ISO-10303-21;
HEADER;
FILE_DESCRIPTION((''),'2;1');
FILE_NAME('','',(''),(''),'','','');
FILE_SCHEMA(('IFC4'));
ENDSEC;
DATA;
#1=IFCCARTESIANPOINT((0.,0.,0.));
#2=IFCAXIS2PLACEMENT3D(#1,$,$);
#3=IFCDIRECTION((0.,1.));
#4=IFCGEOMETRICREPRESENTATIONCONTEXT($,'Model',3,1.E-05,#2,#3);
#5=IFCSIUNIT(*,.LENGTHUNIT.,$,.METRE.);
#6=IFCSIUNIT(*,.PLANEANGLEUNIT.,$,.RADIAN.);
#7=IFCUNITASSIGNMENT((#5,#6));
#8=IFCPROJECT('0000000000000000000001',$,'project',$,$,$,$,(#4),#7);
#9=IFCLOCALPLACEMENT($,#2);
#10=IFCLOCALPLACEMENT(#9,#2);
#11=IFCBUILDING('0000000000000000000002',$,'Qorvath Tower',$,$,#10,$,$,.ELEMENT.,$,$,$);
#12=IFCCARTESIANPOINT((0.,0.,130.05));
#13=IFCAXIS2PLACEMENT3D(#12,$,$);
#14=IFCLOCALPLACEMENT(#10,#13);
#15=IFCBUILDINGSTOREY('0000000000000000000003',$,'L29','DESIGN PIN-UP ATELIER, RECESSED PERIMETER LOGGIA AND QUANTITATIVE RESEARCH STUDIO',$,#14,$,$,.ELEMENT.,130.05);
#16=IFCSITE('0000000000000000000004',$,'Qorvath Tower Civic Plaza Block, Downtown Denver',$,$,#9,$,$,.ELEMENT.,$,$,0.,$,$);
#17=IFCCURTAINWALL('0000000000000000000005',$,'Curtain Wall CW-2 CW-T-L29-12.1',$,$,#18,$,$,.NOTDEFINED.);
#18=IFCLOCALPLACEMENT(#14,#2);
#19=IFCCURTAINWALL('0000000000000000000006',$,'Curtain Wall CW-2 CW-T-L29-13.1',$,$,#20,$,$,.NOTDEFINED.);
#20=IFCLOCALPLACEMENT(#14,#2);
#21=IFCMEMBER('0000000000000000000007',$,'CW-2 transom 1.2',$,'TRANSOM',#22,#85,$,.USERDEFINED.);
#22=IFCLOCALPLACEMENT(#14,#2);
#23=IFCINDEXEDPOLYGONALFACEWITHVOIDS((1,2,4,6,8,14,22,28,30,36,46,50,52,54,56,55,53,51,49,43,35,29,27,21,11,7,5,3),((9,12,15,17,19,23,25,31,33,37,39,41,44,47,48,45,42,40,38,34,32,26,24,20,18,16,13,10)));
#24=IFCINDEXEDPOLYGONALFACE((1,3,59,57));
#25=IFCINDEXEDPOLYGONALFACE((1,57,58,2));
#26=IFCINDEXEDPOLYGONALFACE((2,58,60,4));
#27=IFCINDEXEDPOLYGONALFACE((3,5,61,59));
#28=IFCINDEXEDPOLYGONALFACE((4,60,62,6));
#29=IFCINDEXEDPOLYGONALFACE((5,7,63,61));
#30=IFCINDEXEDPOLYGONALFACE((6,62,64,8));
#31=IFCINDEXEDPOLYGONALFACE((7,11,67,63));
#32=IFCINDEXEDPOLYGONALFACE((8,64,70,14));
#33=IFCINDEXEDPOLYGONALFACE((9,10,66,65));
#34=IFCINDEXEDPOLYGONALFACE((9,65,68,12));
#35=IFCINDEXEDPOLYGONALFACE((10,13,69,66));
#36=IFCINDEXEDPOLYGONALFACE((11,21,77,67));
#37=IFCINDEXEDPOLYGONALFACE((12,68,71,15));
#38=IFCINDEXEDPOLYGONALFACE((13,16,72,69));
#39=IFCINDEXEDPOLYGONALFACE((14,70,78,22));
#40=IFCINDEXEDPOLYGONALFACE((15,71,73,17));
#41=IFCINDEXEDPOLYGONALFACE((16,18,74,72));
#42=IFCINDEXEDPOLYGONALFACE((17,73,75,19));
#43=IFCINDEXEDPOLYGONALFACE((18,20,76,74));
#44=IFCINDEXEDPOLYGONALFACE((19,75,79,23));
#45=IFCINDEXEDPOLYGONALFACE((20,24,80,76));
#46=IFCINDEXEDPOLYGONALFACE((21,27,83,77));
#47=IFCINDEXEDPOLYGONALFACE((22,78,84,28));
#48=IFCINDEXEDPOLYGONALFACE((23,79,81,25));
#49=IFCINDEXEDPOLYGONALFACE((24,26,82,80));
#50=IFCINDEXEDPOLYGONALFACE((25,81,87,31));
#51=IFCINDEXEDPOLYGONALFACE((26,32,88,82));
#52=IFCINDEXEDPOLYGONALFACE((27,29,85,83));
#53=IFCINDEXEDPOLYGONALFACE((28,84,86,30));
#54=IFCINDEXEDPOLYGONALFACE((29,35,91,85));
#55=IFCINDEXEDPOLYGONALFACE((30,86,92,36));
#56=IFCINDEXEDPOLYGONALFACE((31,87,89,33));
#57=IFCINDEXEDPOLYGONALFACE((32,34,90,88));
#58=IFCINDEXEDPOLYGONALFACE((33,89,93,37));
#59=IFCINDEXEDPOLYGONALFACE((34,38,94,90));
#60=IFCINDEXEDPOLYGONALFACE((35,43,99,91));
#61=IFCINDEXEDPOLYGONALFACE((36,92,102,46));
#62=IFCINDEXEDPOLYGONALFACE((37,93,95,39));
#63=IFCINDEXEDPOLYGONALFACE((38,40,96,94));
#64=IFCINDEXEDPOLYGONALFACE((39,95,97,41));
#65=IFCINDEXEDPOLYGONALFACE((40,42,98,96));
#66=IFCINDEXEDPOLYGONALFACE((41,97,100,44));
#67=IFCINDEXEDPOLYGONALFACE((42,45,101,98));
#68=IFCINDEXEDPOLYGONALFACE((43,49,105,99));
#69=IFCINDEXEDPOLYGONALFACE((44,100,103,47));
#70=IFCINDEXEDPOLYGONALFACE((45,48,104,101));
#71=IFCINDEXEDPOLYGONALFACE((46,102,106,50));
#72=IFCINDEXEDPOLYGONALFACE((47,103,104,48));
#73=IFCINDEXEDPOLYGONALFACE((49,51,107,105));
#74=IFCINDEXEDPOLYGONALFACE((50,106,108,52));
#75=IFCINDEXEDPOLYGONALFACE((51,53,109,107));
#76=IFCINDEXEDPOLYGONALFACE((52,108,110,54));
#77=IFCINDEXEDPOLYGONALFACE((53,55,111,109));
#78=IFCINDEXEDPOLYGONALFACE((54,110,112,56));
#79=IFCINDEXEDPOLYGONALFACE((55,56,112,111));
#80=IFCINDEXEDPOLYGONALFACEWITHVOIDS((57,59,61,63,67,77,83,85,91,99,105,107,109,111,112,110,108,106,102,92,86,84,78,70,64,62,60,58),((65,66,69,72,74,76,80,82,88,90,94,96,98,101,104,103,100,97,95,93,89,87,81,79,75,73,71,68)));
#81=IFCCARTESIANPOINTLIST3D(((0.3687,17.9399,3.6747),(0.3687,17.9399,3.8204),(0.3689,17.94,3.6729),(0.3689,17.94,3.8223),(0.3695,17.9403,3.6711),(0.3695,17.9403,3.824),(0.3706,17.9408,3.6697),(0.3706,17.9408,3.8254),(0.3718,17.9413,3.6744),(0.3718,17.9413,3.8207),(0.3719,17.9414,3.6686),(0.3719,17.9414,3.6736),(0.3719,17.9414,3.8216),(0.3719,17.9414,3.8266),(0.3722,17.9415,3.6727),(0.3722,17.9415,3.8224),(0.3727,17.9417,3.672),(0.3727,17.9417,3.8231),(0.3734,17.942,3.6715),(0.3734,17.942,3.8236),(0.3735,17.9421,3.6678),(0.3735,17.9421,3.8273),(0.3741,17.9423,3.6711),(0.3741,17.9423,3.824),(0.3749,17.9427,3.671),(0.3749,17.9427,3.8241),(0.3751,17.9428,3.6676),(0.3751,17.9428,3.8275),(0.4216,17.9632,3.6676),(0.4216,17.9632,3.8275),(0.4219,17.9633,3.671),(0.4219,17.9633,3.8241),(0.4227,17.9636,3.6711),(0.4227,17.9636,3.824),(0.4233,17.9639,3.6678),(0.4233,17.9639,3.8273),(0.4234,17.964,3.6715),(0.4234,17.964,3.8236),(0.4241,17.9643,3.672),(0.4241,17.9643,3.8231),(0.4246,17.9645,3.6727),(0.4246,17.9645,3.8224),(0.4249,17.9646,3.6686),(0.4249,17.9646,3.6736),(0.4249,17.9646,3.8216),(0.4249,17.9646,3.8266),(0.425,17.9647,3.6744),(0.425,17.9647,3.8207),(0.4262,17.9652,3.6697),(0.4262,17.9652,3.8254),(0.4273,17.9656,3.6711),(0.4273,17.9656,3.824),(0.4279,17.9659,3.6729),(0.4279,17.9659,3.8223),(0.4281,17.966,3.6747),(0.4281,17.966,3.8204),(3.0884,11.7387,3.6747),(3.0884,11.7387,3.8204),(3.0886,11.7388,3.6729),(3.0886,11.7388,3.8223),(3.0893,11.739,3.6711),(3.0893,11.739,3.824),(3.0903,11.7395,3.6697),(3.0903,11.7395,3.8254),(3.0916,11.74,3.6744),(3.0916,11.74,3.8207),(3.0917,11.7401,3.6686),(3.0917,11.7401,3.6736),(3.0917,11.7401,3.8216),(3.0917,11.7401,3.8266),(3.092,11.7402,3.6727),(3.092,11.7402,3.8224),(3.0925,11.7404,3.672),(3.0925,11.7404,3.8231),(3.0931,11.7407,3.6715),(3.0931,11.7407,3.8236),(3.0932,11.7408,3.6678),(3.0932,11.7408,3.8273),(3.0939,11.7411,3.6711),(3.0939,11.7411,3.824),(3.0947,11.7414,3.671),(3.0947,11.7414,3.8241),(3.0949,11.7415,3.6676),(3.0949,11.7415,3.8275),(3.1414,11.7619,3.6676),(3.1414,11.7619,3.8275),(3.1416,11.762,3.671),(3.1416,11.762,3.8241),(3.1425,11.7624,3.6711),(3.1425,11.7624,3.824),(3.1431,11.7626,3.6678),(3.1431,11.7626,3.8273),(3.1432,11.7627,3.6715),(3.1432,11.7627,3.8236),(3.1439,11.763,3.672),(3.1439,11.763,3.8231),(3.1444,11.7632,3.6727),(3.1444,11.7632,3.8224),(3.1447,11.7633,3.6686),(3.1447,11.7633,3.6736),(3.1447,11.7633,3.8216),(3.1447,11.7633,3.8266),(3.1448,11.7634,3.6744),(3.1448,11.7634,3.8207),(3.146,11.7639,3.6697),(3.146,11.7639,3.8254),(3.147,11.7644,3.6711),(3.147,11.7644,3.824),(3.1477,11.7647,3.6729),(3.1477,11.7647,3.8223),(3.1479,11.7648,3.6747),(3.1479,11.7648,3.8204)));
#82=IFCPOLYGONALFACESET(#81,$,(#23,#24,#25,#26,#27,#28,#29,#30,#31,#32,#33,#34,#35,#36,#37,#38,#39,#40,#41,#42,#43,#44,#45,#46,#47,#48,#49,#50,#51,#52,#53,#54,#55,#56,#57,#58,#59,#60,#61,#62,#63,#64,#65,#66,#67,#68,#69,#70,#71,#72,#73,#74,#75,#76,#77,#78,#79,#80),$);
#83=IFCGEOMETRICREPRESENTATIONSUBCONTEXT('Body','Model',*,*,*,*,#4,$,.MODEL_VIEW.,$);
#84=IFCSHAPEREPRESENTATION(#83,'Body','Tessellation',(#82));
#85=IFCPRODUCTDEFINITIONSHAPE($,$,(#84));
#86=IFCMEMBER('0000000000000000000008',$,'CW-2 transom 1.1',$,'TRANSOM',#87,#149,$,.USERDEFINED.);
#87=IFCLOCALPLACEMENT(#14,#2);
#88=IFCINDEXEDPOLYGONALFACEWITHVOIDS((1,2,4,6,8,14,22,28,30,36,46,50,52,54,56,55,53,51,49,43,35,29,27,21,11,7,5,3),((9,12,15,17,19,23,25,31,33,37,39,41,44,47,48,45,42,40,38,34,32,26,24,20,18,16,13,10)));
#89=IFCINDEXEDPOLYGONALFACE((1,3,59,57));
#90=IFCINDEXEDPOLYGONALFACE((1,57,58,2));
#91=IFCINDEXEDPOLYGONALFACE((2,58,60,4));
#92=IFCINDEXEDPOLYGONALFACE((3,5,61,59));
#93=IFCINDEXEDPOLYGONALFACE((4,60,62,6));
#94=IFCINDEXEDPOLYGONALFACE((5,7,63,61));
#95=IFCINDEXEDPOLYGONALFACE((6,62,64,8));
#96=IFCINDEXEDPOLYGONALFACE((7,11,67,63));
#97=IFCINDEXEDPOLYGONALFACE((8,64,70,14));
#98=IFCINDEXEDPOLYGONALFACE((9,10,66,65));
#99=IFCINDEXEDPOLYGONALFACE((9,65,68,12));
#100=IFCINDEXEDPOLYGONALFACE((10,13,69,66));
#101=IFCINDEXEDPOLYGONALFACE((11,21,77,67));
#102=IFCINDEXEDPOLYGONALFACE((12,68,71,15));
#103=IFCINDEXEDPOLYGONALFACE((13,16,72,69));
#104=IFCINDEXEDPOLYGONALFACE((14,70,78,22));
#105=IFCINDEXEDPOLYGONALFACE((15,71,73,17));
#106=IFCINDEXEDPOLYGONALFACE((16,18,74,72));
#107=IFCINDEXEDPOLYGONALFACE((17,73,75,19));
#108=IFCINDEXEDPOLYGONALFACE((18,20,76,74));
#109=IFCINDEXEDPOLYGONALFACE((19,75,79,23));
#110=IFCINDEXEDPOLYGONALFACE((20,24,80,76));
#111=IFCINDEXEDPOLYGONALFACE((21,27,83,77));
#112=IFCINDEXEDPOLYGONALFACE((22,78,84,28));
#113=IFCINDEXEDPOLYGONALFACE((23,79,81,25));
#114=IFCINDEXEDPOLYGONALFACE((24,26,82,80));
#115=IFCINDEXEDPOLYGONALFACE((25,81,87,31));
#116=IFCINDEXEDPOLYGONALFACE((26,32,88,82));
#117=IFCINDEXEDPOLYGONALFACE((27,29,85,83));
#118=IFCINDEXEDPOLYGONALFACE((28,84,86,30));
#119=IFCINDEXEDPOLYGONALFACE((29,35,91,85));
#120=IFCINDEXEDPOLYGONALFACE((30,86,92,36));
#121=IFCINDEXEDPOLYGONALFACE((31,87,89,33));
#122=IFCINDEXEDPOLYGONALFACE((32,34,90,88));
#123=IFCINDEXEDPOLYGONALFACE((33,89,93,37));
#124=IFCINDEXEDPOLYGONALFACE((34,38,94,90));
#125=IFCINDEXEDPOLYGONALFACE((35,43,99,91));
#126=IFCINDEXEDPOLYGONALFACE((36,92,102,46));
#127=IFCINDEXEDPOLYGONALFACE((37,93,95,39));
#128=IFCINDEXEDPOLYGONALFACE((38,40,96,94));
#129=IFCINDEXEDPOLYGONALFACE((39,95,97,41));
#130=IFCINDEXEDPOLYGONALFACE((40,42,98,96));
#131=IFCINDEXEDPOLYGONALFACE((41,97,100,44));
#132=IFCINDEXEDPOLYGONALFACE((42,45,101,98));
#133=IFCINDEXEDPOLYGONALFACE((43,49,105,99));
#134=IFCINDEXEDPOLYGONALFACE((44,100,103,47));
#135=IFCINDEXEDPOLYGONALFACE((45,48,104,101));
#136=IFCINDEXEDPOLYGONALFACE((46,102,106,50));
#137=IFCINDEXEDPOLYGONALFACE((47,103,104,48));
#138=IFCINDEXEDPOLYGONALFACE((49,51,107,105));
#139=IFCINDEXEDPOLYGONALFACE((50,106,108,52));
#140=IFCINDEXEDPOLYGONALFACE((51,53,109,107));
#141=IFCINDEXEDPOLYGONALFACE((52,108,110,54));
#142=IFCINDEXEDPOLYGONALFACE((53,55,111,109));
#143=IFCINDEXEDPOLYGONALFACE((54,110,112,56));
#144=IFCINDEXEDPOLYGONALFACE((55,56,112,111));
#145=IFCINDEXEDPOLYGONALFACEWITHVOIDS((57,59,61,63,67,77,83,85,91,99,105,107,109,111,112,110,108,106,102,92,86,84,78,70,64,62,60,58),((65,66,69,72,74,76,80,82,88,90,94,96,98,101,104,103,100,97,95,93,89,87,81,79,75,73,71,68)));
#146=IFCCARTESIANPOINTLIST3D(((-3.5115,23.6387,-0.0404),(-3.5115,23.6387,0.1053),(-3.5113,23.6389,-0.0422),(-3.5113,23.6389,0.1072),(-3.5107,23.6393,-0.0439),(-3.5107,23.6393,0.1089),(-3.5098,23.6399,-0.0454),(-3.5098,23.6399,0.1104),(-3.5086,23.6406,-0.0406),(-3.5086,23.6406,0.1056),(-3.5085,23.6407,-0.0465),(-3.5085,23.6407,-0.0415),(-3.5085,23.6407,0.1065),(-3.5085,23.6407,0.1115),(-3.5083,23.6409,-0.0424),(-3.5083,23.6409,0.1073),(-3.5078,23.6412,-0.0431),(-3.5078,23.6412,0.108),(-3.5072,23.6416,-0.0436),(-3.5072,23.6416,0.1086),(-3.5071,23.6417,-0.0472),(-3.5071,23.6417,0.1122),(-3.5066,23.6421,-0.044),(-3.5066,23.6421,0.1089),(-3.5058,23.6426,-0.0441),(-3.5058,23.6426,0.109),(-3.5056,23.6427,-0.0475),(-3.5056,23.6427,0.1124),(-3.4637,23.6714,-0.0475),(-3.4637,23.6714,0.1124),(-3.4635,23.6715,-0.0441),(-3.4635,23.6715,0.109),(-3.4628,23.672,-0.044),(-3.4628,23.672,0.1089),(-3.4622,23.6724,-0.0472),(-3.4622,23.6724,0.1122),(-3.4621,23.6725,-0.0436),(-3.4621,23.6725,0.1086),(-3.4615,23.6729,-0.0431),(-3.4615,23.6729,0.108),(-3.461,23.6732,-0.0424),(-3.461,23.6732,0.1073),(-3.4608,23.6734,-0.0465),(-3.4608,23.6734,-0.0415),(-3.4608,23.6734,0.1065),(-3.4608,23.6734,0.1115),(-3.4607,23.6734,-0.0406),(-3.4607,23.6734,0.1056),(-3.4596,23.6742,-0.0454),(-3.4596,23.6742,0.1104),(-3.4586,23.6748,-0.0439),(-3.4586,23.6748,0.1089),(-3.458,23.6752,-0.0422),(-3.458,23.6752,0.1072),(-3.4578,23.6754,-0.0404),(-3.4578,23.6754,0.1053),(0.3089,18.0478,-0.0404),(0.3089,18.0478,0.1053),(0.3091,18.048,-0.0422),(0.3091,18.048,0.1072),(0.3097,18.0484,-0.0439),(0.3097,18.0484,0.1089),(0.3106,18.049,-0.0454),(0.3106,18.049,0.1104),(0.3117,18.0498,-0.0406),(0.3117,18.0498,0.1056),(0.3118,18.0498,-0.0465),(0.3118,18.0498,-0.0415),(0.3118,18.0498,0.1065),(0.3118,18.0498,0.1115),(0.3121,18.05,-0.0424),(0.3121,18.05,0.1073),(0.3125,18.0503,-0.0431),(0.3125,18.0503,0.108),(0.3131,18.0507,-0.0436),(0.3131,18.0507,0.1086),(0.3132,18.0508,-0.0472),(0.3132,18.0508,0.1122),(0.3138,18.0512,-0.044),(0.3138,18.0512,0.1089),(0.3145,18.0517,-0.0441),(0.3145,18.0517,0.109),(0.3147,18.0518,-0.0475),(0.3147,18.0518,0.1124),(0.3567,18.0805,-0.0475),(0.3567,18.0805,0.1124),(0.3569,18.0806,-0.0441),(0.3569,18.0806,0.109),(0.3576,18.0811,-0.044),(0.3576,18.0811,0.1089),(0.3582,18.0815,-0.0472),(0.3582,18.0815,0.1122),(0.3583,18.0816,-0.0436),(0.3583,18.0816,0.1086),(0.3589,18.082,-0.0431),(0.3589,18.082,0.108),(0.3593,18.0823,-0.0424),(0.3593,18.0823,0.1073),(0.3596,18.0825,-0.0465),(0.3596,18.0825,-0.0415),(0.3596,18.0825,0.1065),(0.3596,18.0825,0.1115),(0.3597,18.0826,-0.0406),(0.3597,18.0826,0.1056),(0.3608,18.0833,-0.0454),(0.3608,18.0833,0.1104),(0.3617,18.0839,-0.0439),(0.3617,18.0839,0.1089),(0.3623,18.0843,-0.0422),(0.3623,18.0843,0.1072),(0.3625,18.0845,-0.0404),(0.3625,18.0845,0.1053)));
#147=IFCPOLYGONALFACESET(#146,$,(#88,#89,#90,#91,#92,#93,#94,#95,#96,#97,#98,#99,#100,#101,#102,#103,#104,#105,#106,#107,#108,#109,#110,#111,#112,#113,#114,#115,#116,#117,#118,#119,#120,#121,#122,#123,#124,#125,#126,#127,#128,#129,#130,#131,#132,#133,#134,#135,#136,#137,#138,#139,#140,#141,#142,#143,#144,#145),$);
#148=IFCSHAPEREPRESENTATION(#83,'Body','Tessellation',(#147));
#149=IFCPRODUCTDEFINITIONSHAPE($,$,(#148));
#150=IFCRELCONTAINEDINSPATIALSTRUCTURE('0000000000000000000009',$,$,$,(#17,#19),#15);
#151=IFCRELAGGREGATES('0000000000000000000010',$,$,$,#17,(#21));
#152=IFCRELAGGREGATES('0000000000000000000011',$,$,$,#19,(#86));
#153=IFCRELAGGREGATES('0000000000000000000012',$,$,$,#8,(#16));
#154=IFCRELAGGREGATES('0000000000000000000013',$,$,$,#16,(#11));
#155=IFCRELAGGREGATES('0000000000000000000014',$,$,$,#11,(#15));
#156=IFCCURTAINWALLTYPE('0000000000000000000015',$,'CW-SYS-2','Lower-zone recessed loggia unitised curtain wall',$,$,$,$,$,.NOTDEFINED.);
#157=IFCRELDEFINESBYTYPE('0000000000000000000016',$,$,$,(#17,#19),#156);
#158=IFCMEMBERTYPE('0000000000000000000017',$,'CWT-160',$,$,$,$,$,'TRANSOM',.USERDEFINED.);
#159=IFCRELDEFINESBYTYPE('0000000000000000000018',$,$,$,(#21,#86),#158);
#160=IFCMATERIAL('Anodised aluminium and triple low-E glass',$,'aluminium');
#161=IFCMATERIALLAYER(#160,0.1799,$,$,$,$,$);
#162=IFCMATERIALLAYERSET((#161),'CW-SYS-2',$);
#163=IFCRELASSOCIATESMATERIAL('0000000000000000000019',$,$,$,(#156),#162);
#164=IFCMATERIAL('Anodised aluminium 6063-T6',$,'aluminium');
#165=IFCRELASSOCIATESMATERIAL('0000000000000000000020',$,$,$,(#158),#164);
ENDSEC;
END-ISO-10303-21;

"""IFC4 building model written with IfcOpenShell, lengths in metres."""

from ifc_helpers import new_model, si_unit, direction, frame, origin, origin_2d, place, context, subcontext, project, spatial, hollow_rectangle, extrude, material, layer, layer_set, material_profile, profile_set, type_object, element, aggregate, save


model = new_model("IFC4")

# Units and contexts
model_context = context("Model", 3, precision=1e-05, world=origin(), true_north=direction((0.0, 1.0)))
body_context = subcontext(model_context, "Body", "Model", "MODEL_VIEW")
ifc_project = project(units=[si_unit("LENGTHUNIT", "METRE"), si_unit("PLANEANGLEUNIT", "RADIAN")], contexts=[model_context])

# Site, building, storey
site_placement = place(None, origin())
site = spatial("IfcSite", under=ifc_project, at=site_placement, Name="Qorvath Tower Civic Plaza Block, Downtown Denver", CompositionType="ELEMENT", RefElevation=0.0)
building_placement = place(site_placement, origin())
building = spatial("IfcBuilding", under=site, at=building_placement, Name="Qorvath Tower", CompositionType="ELEMENT")
storey_placement = place(building_placement, frame((0.0, 0.0, 130.05)))
storey = spatial("IfcBuildingStorey", under=building, at=storey_placement, Name="L29", Description="DESIGN PIN-UP ATELIER, RECESSED PERIMETER LOGGIA AND QUANTITATIVE RESEARCH STUDIO", CompositionType="ELEMENT", Elevation=130.05)

# Shared definitions
ifc_material_1 = material(Name="Anodised aluminium and triple low-E glass", Category="aluminium")
ifc_layer_1 = layer(ifc_material_1, 0.1799)
ifc_layer_set_1 = layer_set([ifc_layer_1], Name="CW-SYS-2")
curtain_wall_type = type_object("IfcCurtainWallType", Name="CW-SYS-2", Description="Lower-zone recessed loggia unitised curtain wall", PredefinedType="NOTDEFINED", material=ifc_layer_set_1)

# Curtain walls
curtain_wall_1_placement = place(storey_placement, origin())
curtain_wall_1 = element("IfcCurtainWall", 1, at=curtain_wall_1_placement, inside=storey, type_object=curtain_wall_type, Name="Curtain Wall CW-2 CW-T-L29-12.1", PredefinedType="NOTDEFINED")
curtain_wall_2_placement = place(storey_placement, origin())
curtain_wall_2 = element("IfcCurtainWall", 2, at=curtain_wall_2_placement, inside=storey, type_object=curtain_wall_type, Name="Curtain Wall CW-2 CW-T-L29-13.1", PredefinedType="NOTDEFINED")

# Members
ifc_material_2 = material(Name="Anodised aluminium 6063-T6", Category="aluminium")
ifc_material_profile_1 = material_profile(ifc_material_2, hollow_rectangle(XDim=0.0649, YDim=0.1599, WallThickness=0.0034, InnerFilletRadius=0.0034, OuterFilletRadius=0.0071, at=origin_2d()), Name="CWT 160x65")
ifc_profile_set_1 = profile_set([ifc_material_profile_1], Name="Anodised aluminium 6063-T6")
member_type_1 = type_object("IfcMemberType", Name="CWT-160", ElementType="TRANSOM", PredefinedType="USERDEFINED", material=ifc_profile_set_1)
member_1_placement = place(storey_placement, frame((3.1182, 11.7517, 3.7476), z_axis=(-0.401651, 0.915793, 0.0), x_axis=(-0.915793, -0.401651, 0.0)))
member_1 = element("IfcMember", 3, at=member_1_placement, type_object=member_type_1, Name="CW-2 transom 1.2", ObjectType="TRANSOM", PredefinedType="USERDEFINED", context=body_context, shape_type="SweptSolid", body=[
    extrude(hollow_rectangle(XDim=0.0649, YDim=0.1599, WallThickness=0.0034, InnerFilletRadius=0.0034, OuterFilletRadius=0.0071, at=origin_2d()), origin(), (0.0, 0.0, 1.0), 6.7715),
])
member_2_placement = place(storey_placement, frame((0.3357, 18.0662, 0.0325), z_axis=(-0.564182, 0.82565, 0.0), x_axis=(-0.82565, -0.564182, 0.0)))
member_2 = element("IfcMember", 4, at=member_2_placement, type_object=member_type_1, Name="CW-2 transom 1.1", ObjectType="TRANSOM", PredefinedType="USERDEFINED", context=body_context, shape_type="SweptSolid", body=[
    extrude(hollow_rectangle(XDim=0.0649, YDim=0.1599, WallThickness=0.0034, InnerFilletRadius=0.0034, OuterFilletRadius=0.0071, at=origin_2d()), origin(), (0.0, 0.0, 1.0), 6.7715),
])

aggregate(curtain_wall_1, [member_1])
aggregate(curtain_wall_2, [member_2])

save(model, "model.ifc")
